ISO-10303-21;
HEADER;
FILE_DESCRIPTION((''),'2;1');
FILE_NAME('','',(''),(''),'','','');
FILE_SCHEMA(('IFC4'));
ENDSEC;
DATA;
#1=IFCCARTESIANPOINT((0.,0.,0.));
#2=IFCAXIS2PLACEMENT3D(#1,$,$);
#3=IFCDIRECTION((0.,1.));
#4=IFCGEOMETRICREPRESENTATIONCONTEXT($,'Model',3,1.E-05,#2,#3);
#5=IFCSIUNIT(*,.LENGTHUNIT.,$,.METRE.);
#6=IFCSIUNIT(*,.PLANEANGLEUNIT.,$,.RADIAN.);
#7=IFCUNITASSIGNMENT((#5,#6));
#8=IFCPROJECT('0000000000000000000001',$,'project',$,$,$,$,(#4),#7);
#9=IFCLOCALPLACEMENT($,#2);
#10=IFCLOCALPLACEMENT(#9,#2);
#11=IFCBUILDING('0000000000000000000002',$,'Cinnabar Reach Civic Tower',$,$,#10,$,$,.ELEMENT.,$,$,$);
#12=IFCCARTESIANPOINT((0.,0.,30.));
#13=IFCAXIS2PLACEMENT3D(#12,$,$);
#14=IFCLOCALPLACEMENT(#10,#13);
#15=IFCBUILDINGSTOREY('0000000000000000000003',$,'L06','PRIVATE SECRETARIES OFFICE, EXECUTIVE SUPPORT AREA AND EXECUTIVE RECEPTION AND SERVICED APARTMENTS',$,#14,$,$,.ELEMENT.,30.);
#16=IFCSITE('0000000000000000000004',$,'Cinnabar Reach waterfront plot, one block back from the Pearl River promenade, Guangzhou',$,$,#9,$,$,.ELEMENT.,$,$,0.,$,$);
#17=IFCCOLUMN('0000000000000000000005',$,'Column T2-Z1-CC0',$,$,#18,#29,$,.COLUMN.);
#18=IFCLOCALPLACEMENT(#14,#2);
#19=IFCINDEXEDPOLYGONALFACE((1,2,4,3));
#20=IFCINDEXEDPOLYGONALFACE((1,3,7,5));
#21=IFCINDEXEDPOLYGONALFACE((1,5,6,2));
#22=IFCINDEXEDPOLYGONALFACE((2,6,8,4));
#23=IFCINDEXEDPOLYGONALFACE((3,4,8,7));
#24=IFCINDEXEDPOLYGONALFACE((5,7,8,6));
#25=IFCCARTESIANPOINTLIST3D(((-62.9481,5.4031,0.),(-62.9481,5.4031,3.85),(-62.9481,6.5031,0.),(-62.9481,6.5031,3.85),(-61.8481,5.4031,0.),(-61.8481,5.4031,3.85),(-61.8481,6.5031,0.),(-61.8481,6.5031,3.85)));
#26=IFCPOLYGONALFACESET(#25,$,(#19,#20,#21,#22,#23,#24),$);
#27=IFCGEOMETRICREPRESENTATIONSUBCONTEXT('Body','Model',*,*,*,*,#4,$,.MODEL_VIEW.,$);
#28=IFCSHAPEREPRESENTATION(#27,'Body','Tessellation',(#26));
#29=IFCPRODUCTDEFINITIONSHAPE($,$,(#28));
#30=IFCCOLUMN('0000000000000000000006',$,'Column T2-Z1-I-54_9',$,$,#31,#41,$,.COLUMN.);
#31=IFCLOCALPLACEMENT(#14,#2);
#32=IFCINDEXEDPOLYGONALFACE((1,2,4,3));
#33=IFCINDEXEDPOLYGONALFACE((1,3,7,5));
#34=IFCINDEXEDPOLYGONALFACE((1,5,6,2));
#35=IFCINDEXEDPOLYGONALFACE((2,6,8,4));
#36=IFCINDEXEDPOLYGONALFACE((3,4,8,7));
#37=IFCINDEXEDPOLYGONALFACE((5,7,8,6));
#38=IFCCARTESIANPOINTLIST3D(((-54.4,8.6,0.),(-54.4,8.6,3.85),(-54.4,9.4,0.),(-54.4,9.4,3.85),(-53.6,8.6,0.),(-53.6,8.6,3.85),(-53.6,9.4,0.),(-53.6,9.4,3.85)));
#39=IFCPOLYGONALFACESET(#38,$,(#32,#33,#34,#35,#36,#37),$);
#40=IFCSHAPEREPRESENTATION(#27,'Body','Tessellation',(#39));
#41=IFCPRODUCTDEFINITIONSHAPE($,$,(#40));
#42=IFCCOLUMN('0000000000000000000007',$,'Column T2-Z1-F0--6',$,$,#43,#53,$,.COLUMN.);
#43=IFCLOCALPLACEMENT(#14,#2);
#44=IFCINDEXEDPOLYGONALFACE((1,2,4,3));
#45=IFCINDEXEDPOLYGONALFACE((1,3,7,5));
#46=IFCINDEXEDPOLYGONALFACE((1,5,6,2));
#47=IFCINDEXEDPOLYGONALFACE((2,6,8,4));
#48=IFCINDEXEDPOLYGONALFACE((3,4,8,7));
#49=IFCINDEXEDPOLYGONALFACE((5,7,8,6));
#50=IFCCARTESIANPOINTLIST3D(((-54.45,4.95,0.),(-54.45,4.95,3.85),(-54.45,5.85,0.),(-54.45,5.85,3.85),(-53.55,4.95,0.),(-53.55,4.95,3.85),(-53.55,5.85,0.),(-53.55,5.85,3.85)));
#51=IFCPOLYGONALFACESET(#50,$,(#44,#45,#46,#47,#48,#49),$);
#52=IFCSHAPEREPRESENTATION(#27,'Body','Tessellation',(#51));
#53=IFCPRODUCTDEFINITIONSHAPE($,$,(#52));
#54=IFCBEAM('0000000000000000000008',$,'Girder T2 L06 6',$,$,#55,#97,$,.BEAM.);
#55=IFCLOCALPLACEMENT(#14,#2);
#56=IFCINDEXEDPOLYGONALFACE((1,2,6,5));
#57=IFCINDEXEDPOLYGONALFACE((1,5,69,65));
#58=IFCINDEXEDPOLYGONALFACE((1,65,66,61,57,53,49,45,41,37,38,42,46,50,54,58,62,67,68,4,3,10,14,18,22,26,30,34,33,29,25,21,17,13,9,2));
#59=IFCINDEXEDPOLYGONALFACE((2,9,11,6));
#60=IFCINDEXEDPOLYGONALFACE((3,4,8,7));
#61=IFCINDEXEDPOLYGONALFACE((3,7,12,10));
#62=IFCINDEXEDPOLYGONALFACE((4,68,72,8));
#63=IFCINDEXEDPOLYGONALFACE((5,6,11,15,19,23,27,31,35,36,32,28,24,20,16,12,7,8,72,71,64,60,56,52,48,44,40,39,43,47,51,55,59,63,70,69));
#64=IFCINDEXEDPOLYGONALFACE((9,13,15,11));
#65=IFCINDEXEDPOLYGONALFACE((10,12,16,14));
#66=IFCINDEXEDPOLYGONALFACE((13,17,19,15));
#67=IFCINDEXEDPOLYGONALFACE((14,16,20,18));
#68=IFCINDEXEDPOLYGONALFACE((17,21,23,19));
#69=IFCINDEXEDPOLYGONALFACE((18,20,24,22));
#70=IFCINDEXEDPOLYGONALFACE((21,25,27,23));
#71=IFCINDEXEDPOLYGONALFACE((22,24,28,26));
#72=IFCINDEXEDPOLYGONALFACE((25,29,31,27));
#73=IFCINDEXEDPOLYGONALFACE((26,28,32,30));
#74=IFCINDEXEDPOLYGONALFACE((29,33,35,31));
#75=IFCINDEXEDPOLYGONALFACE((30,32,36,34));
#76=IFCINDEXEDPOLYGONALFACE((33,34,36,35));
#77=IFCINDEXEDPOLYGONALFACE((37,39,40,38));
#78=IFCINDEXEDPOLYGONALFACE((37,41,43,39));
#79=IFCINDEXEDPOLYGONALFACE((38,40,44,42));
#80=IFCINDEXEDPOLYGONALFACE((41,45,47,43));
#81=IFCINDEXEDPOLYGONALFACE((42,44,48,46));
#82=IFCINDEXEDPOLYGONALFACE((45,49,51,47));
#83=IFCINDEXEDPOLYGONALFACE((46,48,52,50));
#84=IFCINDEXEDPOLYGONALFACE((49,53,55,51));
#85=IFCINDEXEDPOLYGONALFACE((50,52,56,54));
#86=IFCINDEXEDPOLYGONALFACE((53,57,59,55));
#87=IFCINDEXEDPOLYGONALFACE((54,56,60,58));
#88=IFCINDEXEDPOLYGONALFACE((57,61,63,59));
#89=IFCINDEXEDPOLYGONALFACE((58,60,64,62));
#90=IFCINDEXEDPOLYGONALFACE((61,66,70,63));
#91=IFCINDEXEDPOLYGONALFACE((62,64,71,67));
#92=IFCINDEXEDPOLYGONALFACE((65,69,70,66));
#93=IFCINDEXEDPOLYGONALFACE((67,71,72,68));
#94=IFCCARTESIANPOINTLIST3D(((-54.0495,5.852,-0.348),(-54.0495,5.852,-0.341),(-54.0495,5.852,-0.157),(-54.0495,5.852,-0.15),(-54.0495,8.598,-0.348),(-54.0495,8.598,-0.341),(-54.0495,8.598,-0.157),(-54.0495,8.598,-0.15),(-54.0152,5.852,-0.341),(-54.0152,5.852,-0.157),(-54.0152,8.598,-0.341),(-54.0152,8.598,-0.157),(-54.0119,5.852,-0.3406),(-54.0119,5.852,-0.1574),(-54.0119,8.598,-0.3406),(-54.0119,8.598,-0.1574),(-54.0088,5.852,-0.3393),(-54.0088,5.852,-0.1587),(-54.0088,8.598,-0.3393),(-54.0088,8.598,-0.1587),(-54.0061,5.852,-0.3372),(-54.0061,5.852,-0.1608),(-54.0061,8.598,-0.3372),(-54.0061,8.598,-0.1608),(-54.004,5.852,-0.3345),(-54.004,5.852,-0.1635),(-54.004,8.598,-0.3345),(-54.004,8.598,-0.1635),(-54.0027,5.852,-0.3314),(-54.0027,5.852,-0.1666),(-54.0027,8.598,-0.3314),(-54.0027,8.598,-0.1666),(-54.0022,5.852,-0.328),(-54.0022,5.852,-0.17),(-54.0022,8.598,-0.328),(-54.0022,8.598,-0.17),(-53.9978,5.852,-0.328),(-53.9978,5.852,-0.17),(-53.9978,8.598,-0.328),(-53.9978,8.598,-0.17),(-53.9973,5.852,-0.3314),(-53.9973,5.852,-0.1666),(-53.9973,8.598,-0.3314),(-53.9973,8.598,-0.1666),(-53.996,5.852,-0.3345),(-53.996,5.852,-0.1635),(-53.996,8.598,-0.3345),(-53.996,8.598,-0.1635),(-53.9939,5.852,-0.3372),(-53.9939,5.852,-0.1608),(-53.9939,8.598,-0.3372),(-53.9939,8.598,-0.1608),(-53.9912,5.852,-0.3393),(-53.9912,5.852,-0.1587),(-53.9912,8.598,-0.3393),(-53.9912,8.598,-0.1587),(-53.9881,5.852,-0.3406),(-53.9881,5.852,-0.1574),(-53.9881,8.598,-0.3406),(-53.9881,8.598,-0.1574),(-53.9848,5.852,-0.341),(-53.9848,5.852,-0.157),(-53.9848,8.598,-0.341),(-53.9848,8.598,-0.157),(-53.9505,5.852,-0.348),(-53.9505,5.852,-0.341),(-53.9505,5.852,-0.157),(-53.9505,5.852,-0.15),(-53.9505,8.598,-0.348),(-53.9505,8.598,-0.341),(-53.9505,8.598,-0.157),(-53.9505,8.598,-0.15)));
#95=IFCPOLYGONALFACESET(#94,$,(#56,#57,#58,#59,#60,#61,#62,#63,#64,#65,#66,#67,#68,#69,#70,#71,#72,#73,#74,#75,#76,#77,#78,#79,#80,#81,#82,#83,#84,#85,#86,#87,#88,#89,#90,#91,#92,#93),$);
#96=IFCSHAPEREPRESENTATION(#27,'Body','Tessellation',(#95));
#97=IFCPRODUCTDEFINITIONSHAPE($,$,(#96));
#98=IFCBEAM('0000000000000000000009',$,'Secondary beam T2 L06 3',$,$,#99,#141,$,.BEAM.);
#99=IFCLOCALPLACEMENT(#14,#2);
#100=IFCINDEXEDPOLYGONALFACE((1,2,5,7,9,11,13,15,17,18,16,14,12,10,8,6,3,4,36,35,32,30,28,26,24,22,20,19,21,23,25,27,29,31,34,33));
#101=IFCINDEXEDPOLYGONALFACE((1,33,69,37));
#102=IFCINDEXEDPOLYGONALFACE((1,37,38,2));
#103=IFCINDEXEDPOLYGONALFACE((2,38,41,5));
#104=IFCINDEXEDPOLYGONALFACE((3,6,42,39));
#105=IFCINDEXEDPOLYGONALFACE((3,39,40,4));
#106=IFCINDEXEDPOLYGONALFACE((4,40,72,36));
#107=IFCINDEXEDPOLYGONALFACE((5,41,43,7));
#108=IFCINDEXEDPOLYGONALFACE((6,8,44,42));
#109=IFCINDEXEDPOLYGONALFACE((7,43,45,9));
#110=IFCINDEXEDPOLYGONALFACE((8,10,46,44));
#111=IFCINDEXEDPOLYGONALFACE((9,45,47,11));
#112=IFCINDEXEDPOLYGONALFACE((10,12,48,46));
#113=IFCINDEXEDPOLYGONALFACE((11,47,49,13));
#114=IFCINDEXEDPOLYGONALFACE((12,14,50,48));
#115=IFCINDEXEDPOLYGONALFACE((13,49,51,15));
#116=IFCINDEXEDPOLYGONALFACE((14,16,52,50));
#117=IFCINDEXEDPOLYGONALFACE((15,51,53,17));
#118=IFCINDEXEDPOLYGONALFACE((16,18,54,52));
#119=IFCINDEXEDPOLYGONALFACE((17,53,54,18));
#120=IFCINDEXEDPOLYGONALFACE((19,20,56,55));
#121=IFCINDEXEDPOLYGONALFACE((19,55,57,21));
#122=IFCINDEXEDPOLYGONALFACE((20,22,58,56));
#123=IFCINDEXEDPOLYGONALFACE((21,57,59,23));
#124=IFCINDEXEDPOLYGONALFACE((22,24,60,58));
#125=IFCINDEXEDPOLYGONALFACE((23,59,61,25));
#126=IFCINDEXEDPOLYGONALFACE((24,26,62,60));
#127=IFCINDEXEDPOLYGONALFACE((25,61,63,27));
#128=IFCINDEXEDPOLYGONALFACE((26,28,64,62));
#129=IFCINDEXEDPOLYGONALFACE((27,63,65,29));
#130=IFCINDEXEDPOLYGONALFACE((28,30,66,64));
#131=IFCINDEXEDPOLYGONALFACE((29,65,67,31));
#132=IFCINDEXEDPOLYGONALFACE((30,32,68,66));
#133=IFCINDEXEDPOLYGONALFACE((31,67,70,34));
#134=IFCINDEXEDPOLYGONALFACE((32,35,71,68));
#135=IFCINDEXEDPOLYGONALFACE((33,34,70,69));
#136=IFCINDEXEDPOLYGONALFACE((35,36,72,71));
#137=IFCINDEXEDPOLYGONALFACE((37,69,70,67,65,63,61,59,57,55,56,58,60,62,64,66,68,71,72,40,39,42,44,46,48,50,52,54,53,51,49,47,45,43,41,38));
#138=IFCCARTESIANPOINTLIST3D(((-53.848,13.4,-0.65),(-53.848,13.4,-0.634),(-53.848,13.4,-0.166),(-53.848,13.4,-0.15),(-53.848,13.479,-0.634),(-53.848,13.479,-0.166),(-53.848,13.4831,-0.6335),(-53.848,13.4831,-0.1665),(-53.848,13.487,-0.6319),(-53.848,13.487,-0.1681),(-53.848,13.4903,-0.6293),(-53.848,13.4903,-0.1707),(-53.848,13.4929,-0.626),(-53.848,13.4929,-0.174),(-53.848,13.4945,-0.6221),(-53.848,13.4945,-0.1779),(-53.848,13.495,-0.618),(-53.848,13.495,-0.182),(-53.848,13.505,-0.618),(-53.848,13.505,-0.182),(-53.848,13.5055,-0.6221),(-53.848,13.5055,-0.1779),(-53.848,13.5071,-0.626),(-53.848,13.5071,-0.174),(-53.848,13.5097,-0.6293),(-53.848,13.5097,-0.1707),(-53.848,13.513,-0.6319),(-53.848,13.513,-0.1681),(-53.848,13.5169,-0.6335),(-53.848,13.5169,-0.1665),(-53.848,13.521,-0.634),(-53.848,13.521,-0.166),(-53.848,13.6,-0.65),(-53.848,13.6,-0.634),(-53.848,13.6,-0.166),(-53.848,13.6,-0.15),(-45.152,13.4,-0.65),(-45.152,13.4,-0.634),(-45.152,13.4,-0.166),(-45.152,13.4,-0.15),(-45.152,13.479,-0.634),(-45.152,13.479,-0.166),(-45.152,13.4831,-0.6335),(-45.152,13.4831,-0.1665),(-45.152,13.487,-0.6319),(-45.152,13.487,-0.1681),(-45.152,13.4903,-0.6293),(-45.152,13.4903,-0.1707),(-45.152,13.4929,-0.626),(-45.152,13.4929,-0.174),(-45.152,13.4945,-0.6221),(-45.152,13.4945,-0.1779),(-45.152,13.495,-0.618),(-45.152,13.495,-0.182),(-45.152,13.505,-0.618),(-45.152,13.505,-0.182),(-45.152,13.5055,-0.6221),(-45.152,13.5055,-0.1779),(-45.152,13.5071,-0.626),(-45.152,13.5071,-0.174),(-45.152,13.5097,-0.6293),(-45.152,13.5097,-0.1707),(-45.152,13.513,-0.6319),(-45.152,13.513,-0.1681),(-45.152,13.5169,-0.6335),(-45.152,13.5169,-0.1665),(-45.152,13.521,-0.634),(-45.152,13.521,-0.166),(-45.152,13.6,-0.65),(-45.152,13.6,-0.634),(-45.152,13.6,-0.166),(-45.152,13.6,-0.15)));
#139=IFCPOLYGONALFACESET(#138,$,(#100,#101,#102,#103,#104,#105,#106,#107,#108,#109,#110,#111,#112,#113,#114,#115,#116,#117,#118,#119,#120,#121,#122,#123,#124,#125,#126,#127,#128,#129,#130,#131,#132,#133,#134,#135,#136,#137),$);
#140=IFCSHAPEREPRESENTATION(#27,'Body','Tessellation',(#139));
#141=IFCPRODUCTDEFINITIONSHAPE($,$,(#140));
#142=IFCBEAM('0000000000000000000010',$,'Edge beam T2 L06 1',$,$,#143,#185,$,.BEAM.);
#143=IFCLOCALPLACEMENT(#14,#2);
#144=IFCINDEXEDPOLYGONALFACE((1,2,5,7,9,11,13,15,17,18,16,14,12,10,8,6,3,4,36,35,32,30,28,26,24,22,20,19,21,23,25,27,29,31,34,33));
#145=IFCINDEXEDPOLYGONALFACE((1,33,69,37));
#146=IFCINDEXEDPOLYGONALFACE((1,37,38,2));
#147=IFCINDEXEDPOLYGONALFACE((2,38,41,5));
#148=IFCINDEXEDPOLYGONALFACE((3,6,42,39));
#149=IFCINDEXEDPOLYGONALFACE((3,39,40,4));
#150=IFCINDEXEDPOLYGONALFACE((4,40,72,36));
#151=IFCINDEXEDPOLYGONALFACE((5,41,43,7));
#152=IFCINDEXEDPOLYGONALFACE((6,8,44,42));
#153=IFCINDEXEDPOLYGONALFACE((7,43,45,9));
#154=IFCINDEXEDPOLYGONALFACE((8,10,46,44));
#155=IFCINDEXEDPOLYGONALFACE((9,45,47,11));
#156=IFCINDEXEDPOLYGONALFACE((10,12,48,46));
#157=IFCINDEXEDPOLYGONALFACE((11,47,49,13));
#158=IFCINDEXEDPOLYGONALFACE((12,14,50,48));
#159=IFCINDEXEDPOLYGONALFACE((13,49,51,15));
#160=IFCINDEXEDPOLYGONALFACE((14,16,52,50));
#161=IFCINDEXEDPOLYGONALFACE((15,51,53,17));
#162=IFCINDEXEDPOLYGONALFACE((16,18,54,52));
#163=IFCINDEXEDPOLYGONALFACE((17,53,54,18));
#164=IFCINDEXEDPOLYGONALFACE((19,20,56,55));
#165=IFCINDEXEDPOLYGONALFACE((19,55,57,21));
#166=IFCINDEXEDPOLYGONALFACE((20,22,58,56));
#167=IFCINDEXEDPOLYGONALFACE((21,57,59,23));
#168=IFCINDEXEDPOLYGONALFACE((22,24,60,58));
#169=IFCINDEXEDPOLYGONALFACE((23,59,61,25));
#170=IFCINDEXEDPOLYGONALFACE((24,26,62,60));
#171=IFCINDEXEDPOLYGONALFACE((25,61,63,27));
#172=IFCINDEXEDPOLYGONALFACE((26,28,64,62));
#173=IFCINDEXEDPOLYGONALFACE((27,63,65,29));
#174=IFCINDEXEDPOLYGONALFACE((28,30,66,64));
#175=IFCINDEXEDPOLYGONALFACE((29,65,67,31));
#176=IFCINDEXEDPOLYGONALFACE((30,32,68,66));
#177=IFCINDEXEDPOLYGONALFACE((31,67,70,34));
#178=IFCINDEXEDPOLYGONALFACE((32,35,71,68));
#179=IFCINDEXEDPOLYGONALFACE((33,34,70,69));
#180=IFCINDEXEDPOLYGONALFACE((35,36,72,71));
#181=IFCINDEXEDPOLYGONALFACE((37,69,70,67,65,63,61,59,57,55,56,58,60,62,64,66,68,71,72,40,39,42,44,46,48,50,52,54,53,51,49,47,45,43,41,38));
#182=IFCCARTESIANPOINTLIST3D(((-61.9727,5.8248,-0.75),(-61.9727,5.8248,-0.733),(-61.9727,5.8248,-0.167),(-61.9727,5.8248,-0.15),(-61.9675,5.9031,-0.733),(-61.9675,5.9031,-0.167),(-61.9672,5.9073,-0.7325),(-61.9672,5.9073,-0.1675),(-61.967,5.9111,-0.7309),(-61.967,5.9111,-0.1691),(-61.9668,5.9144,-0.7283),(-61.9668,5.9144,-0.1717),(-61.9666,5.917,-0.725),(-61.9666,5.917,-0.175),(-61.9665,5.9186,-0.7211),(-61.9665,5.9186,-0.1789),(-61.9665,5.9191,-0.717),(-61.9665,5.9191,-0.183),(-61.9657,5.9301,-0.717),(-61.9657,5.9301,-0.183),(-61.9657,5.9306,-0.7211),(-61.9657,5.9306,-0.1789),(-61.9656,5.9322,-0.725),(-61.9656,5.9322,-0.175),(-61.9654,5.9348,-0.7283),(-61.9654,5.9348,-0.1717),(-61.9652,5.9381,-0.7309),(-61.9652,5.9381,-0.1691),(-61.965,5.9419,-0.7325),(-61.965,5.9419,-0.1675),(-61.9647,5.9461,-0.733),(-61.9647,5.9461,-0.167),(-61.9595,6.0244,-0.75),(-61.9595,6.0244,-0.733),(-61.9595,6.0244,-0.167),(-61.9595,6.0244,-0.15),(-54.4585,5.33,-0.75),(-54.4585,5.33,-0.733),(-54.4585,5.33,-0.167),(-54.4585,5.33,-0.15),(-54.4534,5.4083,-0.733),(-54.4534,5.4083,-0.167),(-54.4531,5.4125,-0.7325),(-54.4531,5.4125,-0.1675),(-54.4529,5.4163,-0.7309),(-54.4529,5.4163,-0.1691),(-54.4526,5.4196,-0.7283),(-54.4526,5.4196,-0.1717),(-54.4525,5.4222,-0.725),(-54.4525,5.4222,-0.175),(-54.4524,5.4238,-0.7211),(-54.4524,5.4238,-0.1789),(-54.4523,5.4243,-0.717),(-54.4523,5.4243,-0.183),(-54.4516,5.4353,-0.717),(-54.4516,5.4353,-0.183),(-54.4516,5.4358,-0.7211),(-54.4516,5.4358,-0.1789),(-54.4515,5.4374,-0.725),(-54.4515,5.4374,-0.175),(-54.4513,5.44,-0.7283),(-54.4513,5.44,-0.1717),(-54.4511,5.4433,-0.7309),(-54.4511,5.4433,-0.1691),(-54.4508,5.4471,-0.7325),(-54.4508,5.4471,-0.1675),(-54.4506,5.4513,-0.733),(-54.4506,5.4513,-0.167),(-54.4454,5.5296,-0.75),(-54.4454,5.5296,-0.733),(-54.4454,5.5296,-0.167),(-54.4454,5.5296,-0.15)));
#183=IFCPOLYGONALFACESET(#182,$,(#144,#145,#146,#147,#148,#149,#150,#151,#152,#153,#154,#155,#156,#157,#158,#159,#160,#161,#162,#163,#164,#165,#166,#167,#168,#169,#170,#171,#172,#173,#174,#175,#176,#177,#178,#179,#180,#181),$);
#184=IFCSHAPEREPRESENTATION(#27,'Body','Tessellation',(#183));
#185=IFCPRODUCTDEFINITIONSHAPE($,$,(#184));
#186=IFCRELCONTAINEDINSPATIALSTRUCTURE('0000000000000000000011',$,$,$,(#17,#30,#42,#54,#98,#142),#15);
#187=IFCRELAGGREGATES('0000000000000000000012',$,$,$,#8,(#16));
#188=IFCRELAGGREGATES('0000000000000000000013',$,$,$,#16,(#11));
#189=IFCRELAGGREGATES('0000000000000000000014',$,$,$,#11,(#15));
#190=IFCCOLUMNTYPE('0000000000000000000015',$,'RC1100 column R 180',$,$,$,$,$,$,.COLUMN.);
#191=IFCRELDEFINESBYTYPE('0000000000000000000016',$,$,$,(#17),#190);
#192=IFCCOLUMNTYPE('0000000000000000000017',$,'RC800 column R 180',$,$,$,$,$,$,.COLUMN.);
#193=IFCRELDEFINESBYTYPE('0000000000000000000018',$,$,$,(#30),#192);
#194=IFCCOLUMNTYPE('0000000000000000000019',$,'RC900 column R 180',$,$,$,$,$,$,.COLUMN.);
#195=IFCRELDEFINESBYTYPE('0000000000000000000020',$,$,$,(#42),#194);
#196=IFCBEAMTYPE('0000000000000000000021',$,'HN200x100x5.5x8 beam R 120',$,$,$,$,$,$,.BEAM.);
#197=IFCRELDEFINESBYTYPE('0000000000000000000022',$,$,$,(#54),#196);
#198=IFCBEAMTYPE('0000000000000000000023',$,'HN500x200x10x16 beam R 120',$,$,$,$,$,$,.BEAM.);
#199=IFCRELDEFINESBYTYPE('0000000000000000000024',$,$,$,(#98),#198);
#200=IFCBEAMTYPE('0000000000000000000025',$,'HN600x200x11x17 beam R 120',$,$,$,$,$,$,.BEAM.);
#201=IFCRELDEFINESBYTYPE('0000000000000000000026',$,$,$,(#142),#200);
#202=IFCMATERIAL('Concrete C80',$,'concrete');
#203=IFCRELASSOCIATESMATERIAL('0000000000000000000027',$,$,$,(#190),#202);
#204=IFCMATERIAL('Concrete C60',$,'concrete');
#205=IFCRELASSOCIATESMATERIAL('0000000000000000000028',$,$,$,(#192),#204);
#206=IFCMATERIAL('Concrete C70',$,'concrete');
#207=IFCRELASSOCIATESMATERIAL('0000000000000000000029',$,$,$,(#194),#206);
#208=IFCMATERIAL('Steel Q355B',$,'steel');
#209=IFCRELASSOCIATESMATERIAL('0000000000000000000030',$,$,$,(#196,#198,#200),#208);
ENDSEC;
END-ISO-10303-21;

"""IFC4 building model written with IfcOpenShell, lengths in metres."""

from ifc_helpers import new_model, si_unit, direction, frame, origin, origin_2d, place, context, subcontext, project, spatial, rectangle, i_section, extrude, material, material_profile, profile_set, type_object, element, save


model = new_model("IFC4")

# Units and contexts
model_context = context("Model", 3, precision=1e-05, world=origin(), true_north=direction((0.0, 1.0)))
body_context = subcontext(model_context, "Body", "Model", "MODEL_VIEW")
ifc_project = project(units=[si_unit("LENGTHUNIT", "METRE"), si_unit("PLANEANGLEUNIT", "RADIAN")], contexts=[model_context])

# Site, building, storey
site_placement = place(None, origin())
site = spatial("IfcSite", under=ifc_project, at=site_placement, Name="Cinnabar Reach waterfront plot, one block back from the Pearl River promenade, Guangzhou", CompositionType="ELEMENT", RefElevation=0.0)
building_placement = place(site_placement, origin())
building = spatial("IfcBuilding", under=site, at=building_placement, Name="Cinnabar Reach Civic Tower", CompositionType="ELEMENT")
storey_placement = place(building_placement, frame((0.0, 0.0, 30.0)))
storey = spatial("IfcBuildingStorey", under=building, at=storey_placement, Name="L06", Description="PRIVATE SECRETARIES OFFICE, EXECUTIVE SUPPORT AREA AND EXECUTIVE RECEPTION AND SERVICED APARTMENTS", CompositionType="ELEMENT", Elevation=30.0)

# Columns
ifc_material_1 = material(Name="Concrete C80", Category="concrete")
ifc_material_profile_1 = material_profile(ifc_material_1, rectangle(XDim=1.1, YDim=1.1, at=origin_2d()), Name="RC1100")
ifc_profile_set_1 = profile_set([ifc_material_profile_1], Name="Concrete C80")
column_type_1 = type_object("IfcColumnType", Name="RC1100 column R 180", PredefinedType="COLUMN", material=ifc_profile_set_1)
column_1_placement = place(storey_placement, frame((-62.3981, 5.9531, 0.0), z_axis=(0.0, 0.0, 1.0), x_axis=(1.0, 0.0, 0.0)))
element("IfcColumn", 1, at=column_1_placement, inside=storey, type_object=column_type_1, Name="Column T2-Z1-CC0", PredefinedType="COLUMN", context=body_context, shape_type="SweptSolid", body=[
    extrude(rectangle(XDim=1.1, YDim=1.1, at=origin_2d()), origin(), (0.0, 0.0, 1.0), 3.85),
])
ifc_material_2 = material(Name="Concrete C60", Category="concrete")
ifc_material_profile_2 = material_profile(ifc_material_2, rectangle(XDim=0.8, YDim=0.8, at=origin_2d()), Name="RC800")
ifc_profile_set_2 = profile_set([ifc_material_profile_2], Name="Concrete C60")
column_type_2 = type_object("IfcColumnType", Name="RC800 column R 180", PredefinedType="COLUMN", material=ifc_profile_set_2)
column_2_placement = place(storey_placement, frame((-54.0, 9.0, 0.0), z_axis=(0.0, 0.0, 1.0), x_axis=(1.0, 0.0, 0.0)))
element("IfcColumn", 2, at=column_2_placement, inside=storey, type_object=column_type_2, Name="Column T2-Z1-I-54_9", PredefinedType="COLUMN", context=body_context, shape_type="SweptSolid", body=[
    extrude(rectangle(XDim=0.8, YDim=0.8, at=origin_2d()), origin(), (0.0, 0.0, 1.0), 3.85),
])
ifc_material_3 = material(Name="Concrete C70", Category="concrete")
ifc_material_profile_3 = material_profile(ifc_material_3, rectangle(XDim=0.9, YDim=0.9, at=origin_2d()), Name="RC900")
ifc_profile_set_3 = profile_set([ifc_material_profile_3], Name="Concrete C70")
column_type_3 = type_object("IfcColumnType", Name="RC900 column R 180", PredefinedType="COLUMN", material=ifc_profile_set_3)
column_3_placement = place(storey_placement, frame((-54.0, 5.4, 0.0), z_axis=(0.0, 0.0, 1.0), x_axis=(1.0, 0.0, 0.0)))
element("IfcColumn", 3, at=column_3_placement, inside=storey, type_object=column_type_3, Name="Column T2-Z1-F0--6", PredefinedType="COLUMN", context=body_context, shape_type="SweptSolid", body=[
    extrude(rectangle(XDim=0.9, YDim=0.9, at=origin_2d()), origin(), (0.0, 0.0, 1.0), 3.85),
])

# Beams
ifc_material_4 = material(Name="Steel Q355B", Category="steel")
ifc_material_profile_4 = material_profile(ifc_material_4, i_section(OverallWidth=0.099, OverallDepth=0.198, WebThickness=0.0045, FlangeThickness=0.007, FilletRadius=0.013, at=origin_2d()), Name="HN200x100x5.5x8")
ifc_profile_set_4 = profile_set([ifc_material_profile_4], Name="Steel Q355B")
beam_type_1 = type_object("IfcBeamType", Name="HN200x100x5.5x8 beam R 120", PredefinedType="BEAM", material=ifc_profile_set_4)
beam_1_placement = place(storey_placement, frame((-54.0, 5.852, -0.249), z_axis=(0.0, 1.0, 0.0), x_axis=(-1.0, 0.0, 0.0)))
element("IfcBeam", 4, at=beam_1_placement, inside=storey, type_object=beam_type_1, Name="Girder T2 L06 6", PredefinedType="BEAM", context=body_context, shape_type="SweptSolid", body=[
    extrude(i_section(OverallWidth=0.099, OverallDepth=0.198, WebThickness=0.0045, FlangeThickness=0.007, FilletRadius=0.013, at=origin_2d()), origin(), (0.0, 0.0, 1.0), 2.746),
])
ifc_material_profile_5 = material_profile(ifc_material_4, i_section(OverallWidth=0.2, OverallDepth=0.5, WebThickness=0.01, FlangeThickness=0.016, FilletRadius=0.016, at=origin_2d()), Name="HN500x200x10x16")
ifc_profile_set_5 = profile_set([ifc_material_profile_5], Name="Steel Q355B")
beam_type_2 = type_object("IfcBeamType", Name="HN500x200x10x16 beam R 120", PredefinedType="BEAM", material=ifc_profile_set_5)
beam_2_placement = place(storey_placement, frame((-53.848, 13.5, -0.4), z_axis=(1.0, 0.0, 0.0), x_axis=(0.0, 1.0, 0.0)))
element("IfcBeam", 5, at=beam_2_placement, inside=storey, type_object=beam_type_2, Name="Secondary beam T2 L06 3", PredefinedType="BEAM", context=body_context, shape_type="SweptSolid", body=[
    extrude(i_section(OverallWidth=0.2, OverallDepth=0.5, WebThickness=0.01, FlangeThickness=0.016, FilletRadius=0.016, at=origin_2d()), origin(), (0.0, 0.0, 1.0), 8.696),
])
ifc_material_profile_6 = material_profile(ifc_material_4, i_section(OverallWidth=0.2, OverallDepth=0.6, WebThickness=0.011, FlangeThickness=0.017, FilletRadius=0.016, at=origin_2d()), Name="HN600x200x11x17")
ifc_profile_set_6 = profile_set([ifc_material_profile_6], Name="Steel Q355B")
beam_type_3 = type_object("IfcBeamType", Name="HN600x200x11x17 beam R 120", PredefinedType="BEAM", material=ifc_profile_set_6)
beam_3_placement = place(storey_placement, frame((-61.9661, 5.9246, -0.45), z_axis=(0.997839, -0.065707, 0.0), x_axis=(0.065707, 0.997839, 0.0)))
element("IfcBeam", 6, at=beam_3_placement, inside=storey, type_object=beam_type_3, Name="Edge beam T2 L06 1", PredefinedType="BEAM", context=body_context, shape_type="SweptSolid", body=[
    extrude(i_section(OverallWidth=0.2, OverallDepth=0.6, WebThickness=0.011, FlangeThickness=0.017, FilletRadius=0.016, at=origin_2d()), origin(), (0.0, 0.0, 1.0), 7.5304),
])

save(model, "model.ifc")
